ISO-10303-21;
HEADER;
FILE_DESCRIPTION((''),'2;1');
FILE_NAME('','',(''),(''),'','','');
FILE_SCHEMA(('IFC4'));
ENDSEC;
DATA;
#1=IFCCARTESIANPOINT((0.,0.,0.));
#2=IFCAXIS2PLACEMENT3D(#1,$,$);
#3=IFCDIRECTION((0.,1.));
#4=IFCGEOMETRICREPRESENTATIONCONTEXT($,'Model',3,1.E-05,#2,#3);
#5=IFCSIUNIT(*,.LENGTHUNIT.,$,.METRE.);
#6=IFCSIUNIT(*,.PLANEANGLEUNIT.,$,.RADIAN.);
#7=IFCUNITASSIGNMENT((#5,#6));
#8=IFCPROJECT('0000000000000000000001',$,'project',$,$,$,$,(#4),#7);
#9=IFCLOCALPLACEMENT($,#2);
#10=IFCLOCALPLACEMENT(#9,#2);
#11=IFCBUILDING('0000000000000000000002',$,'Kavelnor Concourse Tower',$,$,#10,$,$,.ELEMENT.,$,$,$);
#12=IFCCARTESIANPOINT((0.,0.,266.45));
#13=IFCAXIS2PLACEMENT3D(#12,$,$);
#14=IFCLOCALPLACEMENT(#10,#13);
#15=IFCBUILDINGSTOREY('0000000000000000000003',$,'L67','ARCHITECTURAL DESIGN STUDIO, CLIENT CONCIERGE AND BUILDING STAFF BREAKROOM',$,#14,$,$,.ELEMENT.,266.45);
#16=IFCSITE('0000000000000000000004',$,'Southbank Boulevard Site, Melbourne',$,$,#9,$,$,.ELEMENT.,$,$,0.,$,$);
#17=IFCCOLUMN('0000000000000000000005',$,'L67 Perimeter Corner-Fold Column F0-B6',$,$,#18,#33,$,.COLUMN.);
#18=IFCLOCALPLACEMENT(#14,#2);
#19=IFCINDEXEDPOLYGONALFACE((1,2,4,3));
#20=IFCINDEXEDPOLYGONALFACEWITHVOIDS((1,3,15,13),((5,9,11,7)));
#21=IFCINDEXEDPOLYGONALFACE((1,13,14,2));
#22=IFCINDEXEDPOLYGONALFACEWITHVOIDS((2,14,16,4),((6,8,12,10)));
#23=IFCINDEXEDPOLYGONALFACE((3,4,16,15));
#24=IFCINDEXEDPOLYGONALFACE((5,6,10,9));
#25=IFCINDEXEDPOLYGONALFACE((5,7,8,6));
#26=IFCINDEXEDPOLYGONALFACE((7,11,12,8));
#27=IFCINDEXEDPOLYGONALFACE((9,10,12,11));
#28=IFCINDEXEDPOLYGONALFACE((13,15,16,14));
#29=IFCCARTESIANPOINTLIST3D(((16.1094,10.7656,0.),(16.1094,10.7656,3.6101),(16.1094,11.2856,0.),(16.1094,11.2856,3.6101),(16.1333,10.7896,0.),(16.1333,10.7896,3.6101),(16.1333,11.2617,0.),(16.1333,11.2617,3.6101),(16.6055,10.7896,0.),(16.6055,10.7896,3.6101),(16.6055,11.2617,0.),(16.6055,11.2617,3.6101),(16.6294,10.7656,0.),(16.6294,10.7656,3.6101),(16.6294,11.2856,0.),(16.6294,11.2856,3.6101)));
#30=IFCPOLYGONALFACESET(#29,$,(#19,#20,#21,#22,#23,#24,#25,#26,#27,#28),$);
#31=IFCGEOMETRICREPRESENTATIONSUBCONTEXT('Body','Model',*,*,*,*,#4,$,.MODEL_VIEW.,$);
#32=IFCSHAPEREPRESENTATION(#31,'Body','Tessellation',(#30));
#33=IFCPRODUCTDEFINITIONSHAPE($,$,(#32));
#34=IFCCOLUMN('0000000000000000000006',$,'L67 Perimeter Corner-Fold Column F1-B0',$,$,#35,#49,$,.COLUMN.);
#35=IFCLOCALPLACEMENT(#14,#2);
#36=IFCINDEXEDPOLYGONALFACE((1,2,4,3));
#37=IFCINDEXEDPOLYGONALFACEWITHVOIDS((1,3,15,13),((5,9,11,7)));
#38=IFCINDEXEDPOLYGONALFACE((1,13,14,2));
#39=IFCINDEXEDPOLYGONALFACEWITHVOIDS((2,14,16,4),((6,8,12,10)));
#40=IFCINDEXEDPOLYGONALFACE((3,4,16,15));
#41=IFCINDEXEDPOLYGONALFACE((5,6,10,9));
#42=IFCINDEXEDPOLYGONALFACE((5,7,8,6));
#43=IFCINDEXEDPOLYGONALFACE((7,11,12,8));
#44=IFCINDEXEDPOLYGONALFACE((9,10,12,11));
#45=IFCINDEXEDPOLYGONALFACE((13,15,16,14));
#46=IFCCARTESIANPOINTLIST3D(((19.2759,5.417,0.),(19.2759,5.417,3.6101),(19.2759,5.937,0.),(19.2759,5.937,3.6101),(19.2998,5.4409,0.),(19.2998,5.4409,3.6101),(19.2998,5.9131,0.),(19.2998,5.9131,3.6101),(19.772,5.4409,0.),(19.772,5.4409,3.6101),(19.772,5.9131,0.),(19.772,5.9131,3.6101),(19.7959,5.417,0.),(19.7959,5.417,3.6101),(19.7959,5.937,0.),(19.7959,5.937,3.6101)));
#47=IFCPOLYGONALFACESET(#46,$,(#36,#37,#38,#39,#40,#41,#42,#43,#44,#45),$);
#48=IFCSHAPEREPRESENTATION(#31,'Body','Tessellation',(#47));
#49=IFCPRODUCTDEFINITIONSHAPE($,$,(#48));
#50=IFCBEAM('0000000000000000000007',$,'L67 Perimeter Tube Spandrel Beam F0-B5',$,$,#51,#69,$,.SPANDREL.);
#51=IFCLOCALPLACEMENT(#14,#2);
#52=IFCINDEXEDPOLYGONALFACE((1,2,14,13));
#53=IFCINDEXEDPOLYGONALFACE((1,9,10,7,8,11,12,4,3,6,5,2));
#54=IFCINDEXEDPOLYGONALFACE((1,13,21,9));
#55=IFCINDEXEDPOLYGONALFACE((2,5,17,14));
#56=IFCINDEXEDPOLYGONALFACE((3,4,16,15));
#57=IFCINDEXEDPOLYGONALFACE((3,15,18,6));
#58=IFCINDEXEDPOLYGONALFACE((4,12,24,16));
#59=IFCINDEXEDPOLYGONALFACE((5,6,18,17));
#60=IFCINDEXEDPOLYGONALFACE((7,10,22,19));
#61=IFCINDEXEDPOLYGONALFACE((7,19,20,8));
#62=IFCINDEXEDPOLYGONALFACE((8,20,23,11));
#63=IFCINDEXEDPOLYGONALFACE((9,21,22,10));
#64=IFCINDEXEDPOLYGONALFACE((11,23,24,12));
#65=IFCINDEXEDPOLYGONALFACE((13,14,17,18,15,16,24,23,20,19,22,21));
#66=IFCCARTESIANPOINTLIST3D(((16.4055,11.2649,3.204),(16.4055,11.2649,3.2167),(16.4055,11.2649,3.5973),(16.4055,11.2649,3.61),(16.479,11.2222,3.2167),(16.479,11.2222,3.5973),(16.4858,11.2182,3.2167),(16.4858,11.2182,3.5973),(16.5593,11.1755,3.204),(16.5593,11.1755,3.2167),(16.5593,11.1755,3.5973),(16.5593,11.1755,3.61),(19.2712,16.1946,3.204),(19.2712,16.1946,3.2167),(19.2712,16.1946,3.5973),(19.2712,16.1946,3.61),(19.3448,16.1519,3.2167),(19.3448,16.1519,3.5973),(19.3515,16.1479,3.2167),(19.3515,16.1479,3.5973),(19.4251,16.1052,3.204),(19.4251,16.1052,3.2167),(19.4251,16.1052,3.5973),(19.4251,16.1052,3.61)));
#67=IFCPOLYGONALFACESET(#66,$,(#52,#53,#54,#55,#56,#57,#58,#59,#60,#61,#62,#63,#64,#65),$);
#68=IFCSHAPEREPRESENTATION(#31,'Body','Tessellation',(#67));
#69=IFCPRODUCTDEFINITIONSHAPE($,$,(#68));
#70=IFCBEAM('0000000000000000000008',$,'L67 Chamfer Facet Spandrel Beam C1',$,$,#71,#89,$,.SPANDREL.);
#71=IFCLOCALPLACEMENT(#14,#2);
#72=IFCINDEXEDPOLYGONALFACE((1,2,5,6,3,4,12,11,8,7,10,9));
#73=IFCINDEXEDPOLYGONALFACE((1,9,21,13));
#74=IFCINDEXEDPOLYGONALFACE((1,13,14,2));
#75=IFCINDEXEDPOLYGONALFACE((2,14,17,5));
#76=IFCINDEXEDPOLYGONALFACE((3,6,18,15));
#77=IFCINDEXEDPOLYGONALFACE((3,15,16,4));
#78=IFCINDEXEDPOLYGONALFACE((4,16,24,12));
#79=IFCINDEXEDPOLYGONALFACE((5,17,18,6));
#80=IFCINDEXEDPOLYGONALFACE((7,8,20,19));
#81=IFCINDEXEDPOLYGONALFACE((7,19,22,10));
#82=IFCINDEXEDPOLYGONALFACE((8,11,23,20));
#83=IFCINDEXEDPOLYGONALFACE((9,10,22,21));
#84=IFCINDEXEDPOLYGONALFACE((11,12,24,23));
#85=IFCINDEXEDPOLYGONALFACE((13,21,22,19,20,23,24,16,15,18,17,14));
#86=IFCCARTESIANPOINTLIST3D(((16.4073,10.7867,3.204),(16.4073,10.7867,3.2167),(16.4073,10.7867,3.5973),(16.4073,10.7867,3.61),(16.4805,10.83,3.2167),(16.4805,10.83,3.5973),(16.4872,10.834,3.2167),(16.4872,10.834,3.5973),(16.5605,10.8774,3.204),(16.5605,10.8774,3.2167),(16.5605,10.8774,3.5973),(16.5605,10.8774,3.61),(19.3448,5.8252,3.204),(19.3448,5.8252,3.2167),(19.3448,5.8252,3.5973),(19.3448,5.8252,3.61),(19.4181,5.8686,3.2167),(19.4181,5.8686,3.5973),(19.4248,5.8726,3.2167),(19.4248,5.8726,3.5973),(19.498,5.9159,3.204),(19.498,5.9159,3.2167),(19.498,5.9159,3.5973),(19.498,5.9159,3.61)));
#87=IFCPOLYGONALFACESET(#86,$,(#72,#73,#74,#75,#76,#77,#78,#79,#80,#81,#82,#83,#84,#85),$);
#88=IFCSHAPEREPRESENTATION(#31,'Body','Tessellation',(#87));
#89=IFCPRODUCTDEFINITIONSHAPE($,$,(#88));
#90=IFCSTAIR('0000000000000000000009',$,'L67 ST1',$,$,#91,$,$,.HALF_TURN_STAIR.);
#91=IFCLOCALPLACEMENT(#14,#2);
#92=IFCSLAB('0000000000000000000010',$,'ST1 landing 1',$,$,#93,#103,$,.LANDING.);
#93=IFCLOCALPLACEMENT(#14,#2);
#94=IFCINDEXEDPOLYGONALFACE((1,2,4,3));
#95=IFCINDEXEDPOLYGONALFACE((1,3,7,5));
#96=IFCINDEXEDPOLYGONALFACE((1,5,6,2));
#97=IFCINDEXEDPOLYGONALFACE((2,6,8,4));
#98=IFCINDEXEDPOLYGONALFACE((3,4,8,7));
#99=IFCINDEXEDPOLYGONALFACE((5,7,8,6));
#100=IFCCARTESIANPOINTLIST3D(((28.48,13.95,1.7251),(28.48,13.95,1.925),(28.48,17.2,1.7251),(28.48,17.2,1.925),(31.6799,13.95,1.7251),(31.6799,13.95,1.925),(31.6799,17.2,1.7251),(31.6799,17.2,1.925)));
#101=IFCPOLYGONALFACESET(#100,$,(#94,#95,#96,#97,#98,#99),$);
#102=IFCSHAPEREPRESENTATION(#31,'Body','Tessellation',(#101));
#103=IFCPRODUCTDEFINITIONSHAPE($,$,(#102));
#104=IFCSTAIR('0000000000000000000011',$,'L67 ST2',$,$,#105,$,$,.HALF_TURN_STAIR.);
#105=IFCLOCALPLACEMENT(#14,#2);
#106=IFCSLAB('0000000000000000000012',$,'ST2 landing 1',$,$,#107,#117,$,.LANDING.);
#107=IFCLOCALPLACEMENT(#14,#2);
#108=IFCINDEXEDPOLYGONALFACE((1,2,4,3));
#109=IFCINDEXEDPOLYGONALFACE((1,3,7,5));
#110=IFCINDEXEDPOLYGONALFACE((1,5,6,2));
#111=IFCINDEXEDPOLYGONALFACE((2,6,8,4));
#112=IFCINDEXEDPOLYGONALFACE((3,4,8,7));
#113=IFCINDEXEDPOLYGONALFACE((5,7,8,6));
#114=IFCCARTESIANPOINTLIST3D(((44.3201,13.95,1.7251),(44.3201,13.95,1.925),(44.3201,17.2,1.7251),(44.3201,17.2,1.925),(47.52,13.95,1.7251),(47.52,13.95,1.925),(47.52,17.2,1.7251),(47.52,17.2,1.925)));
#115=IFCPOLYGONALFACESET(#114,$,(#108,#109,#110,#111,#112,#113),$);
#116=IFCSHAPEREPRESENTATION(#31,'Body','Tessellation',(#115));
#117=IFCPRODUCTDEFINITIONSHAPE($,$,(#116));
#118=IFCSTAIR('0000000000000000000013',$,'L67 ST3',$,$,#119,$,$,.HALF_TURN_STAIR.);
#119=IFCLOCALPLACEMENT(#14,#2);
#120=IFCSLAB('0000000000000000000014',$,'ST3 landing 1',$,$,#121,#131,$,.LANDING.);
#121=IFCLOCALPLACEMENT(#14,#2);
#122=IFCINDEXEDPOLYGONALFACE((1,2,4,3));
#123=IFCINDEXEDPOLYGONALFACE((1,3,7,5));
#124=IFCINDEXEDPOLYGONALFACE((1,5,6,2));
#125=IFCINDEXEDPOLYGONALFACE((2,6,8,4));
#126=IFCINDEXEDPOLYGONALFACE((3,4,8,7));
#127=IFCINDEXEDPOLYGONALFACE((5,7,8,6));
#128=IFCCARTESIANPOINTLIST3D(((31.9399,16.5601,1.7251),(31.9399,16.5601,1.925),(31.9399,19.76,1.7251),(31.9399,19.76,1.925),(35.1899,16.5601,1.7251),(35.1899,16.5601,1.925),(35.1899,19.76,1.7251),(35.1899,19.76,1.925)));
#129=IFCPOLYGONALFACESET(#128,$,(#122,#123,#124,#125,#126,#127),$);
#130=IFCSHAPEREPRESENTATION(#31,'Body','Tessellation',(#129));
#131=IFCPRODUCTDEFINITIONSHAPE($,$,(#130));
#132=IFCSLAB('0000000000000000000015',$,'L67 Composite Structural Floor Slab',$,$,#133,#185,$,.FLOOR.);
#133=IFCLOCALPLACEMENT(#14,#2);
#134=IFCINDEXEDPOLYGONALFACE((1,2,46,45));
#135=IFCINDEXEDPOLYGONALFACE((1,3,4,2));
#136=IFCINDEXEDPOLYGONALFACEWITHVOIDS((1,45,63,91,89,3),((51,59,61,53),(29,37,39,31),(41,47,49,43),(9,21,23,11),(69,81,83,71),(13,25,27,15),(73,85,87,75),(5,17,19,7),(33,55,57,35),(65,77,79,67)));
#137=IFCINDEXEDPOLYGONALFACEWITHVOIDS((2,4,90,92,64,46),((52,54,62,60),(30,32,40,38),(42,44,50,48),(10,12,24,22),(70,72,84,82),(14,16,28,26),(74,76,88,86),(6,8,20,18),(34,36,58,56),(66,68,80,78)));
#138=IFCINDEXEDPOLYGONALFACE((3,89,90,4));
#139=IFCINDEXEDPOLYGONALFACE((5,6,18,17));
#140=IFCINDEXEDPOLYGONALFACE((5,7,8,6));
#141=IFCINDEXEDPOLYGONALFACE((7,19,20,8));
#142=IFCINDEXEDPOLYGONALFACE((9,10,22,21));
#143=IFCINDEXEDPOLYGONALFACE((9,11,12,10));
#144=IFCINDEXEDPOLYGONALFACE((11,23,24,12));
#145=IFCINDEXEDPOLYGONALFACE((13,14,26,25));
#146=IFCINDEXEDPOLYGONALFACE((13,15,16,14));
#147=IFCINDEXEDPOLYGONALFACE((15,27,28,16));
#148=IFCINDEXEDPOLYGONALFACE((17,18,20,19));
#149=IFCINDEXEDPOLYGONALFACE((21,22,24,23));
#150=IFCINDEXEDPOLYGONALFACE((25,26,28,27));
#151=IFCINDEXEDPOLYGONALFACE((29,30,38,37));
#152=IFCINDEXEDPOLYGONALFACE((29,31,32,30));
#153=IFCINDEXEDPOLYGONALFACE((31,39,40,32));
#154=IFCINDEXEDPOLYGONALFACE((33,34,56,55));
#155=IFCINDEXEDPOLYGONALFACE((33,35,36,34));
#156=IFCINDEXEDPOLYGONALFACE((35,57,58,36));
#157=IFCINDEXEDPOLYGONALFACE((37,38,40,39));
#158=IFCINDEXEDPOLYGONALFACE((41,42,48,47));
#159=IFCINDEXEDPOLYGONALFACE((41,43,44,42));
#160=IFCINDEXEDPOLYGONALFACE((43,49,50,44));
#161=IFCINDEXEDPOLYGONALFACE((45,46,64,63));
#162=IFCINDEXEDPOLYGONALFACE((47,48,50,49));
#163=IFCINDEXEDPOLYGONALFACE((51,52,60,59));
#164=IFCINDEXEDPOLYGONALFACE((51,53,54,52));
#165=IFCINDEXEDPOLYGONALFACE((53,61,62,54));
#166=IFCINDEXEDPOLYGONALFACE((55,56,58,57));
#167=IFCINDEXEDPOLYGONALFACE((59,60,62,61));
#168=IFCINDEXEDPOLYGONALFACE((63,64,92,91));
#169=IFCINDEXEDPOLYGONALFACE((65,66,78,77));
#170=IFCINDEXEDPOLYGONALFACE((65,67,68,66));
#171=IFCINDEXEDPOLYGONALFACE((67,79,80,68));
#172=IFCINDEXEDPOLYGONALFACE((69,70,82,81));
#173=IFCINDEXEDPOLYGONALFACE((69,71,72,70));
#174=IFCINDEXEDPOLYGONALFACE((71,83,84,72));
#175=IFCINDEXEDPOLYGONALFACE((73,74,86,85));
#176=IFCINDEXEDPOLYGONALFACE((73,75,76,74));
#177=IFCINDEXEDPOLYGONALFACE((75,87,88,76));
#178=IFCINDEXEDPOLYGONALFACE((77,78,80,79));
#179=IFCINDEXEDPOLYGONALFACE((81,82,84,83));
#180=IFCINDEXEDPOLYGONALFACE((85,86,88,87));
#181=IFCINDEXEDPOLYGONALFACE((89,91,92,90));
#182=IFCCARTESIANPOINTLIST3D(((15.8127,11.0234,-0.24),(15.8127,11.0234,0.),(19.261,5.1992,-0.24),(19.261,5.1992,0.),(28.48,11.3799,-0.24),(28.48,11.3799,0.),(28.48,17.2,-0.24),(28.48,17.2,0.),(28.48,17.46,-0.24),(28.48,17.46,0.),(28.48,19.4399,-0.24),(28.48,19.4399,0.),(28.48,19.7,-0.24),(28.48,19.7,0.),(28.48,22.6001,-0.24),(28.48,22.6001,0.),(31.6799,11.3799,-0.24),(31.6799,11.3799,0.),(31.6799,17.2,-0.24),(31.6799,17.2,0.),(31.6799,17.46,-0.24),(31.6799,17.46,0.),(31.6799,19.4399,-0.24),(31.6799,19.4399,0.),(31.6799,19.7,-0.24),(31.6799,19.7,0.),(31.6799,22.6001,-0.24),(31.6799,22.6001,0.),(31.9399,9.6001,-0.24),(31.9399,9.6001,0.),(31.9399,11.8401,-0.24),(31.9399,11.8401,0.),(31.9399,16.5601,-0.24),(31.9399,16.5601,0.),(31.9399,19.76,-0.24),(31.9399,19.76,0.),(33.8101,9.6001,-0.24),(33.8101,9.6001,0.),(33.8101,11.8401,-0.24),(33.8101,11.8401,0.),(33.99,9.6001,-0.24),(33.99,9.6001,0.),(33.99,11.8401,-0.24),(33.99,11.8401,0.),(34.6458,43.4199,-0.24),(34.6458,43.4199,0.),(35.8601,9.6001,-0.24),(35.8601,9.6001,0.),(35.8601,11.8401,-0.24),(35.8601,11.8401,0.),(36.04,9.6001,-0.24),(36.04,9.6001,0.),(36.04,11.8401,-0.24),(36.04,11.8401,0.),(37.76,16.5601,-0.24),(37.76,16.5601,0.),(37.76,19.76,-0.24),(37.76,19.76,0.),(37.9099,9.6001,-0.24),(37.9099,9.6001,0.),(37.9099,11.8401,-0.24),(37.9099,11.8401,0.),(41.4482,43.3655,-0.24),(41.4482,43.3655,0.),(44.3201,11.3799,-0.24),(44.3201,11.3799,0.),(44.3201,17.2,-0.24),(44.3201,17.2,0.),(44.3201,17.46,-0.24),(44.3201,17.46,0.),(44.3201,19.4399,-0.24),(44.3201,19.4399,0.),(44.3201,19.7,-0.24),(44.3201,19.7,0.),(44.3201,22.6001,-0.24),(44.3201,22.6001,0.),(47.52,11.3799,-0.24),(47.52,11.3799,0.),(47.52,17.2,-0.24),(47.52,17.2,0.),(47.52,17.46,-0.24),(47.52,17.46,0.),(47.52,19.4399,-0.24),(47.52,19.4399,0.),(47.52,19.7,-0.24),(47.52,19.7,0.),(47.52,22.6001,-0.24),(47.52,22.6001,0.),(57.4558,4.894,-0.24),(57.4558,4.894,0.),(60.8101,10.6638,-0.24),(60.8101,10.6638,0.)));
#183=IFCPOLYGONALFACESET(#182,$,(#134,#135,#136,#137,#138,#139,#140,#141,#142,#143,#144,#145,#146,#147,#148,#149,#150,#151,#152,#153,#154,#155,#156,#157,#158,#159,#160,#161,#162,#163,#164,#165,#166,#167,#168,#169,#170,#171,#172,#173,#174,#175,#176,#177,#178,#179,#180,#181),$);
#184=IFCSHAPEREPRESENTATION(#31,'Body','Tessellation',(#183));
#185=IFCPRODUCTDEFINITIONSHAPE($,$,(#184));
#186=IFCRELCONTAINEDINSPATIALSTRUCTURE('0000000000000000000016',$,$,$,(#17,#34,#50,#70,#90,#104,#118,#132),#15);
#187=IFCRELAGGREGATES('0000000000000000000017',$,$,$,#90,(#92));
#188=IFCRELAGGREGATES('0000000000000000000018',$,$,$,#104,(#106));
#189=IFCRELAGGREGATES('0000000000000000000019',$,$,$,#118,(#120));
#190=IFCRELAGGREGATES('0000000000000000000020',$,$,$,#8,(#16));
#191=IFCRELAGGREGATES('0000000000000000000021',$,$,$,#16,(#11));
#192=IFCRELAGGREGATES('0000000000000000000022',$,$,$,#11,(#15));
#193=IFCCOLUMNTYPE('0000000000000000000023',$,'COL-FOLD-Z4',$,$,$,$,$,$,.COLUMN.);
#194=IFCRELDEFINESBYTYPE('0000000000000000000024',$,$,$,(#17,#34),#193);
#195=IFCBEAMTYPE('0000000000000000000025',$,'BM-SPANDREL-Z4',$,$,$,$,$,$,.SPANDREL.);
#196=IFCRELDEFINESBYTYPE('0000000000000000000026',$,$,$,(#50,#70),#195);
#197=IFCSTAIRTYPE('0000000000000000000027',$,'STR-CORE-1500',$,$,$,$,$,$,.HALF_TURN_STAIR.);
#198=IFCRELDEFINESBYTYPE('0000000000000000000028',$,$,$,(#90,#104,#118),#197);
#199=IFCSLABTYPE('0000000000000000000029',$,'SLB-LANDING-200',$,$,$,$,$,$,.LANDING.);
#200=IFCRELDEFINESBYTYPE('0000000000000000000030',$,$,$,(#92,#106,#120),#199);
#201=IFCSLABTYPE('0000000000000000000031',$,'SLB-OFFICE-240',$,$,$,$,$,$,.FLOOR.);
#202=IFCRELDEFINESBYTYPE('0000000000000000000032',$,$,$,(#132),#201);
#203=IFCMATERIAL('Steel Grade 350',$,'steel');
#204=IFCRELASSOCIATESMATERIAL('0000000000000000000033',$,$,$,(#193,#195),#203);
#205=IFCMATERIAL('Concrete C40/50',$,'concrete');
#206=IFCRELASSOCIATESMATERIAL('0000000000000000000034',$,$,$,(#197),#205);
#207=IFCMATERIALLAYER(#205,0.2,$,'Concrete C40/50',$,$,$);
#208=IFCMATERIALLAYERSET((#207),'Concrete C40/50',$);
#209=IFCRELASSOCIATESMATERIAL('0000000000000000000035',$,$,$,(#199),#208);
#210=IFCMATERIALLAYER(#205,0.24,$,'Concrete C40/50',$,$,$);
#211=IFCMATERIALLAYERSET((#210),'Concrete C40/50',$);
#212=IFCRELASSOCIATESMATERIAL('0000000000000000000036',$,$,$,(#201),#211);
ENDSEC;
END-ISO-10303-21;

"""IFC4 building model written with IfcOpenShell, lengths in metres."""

from ifc_helpers import new_model, si_unit, direction, frame, origin, origin_2d, place, context, subcontext, project, spatial, polyline, hollow_rectangle, i_section, outline, extrude, material, layer, layer_set, material_profile, profile_set, type_object, element, aggregate, save


model = new_model("IFC4")

# Units and contexts
model_context = context("Model", 3, precision=1e-05, world=origin(), true_north=direction((0.0, 1.0)))
body_context = subcontext(model_context, "Body", "Model", "MODEL_VIEW")
ifc_project = project(units=[si_unit("LENGTHUNIT", "METRE"), si_unit("PLANEANGLEUNIT", "RADIAN")], contexts=[model_context])

# Site, building, storey
site_placement = place(None, origin())
site = spatial("IfcSite", under=ifc_project, at=site_placement, Name="Southbank Boulevard Site, Melbourne", CompositionType="ELEMENT", RefElevation=0.0)
building_placement = place(site_placement, origin())
building = spatial("IfcBuilding", under=site, at=building_placement, Name="Kavelnor Concourse Tower", CompositionType="ELEMENT")
storey_placement = place(building_placement, frame((0.0, 0.0, 266.45)))
storey = spatial("IfcBuildingStorey", under=building, at=storey_placement, Name="L67", Description="ARCHITECTURAL DESIGN STUDIO, CLIENT CONCIERGE AND BUILDING STAFF BREAKROOM", CompositionType="ELEMENT", Elevation=266.45)

# Columns
ifc_material_1 = material(Name="Steel Grade 350", Category="steel")
ifc_material_profile_1 = material_profile(ifc_material_1, hollow_rectangle(XDim=0.52, YDim=0.52, WallThickness=0.0239, at=origin_2d()), Name="SHS 520x520x24")
ifc_profile_set_1 = profile_set([ifc_material_profile_1], Name="Steel Grade 350")
column_type = type_object("IfcColumnType", Name="COL-FOLD-Z4", PredefinedType="COLUMN", material=ifc_profile_set_1)
for number, where, z_axis, x_axis, name in (
    (1, (16.3694, 11.0256, 0.0), (0.0, 0.0, 1.0), (1.0, 0.0, 0.0), "L67 Perimeter Corner-Fold Column F0-B6"),
    (2, (19.5359, 5.677, 0.0), (0.0, 0.0, 1.0), (1.0, 0.0, 0.0), "L67 Perimeter Corner-Fold Column F1-B0"),
):
    element("IfcColumn", number, at=place(storey_placement, frame(where, z_axis=z_axis, x_axis=x_axis)), inside=storey, type_object=column_type, Name=name, PredefinedType="COLUMN", context=body_context, shape_type="SweptSolid", body=[
        extrude(hollow_rectangle(XDim=0.52, YDim=0.52, WallThickness=0.0239, at=origin_2d()), origin(), (0.0, 0.0, 1.0), 3.6101),
    ])

# Beams
ifc_material_profile_2 = material_profile(ifc_material_1, i_section(OverallWidth=0.178, OverallDepth=0.406, WebThickness=0.0078, FlangeThickness=0.0127, at=origin_2d()), Name="410UB59")
ifc_profile_set_2 = profile_set([ifc_material_profile_2], Name="Steel Grade 350")
beam_type = type_object("IfcBeamType", Name="BM-SPANDREL-Z4", PredefinedType="SPANDREL", material=ifc_profile_set_2)
beam_1_placement = place(storey_placement, frame((19.3481, 16.1499, 3.407), z_axis=(-0.502571, -0.864536, 0.0), x_axis=(0.864536, -0.502571, 0.0)))
element("IfcBeam", 3, at=beam_1_placement, inside=storey, type_object=beam_type, Name="L67 Perimeter Tube Spandrel Beam F0-B5", PredefinedType="SPANDREL", context=body_context, shape_type="SweptSolid", body=[
    extrude(i_section(OverallWidth=0.178, OverallDepth=0.406, WebThickness=0.0078, FlangeThickness=0.0127, at=origin_2d()), origin(), (0.0, 0.0, 1.0), 5.7021),
])
beam_2_placement = place(storey_placement, frame((16.4839, 10.832, 3.407), z_axis=(0.509468, -0.86049, 0.0), x_axis=(0.86049, 0.509468, 0.0)))
element("IfcBeam", 4, at=beam_2_placement, inside=storey, type_object=beam_type, Name="L67 Chamfer Facet Spandrel Beam C1", PredefinedType="SPANDREL", context=body_context, shape_type="SweptSolid", body=[
    extrude(i_section(OverallWidth=0.178, OverallDepth=0.406, WebThickness=0.0078, FlangeThickness=0.0127, at=origin_2d()), origin(), (0.0, 0.0, 1.0), 5.7659),
])

# Stairs, slabs
ifc_material_2 = material(Name="Concrete C40/50", Category="concrete")
stair_type = type_object("IfcStairType", Name="STR-CORE-1500", PredefinedType="HALF_TURN_STAIR", material=ifc_material_2)
stair_1_placement = place(storey_placement, origin())
stair_1 = element("IfcStair", 5, at=stair_1_placement, inside=storey, type_object=stair_type, Name="L67 ST1", PredefinedType="HALF_TURN_STAIR")
ifc_layer_1 = layer(ifc_material_2, 0.2, Name="Concrete C40/50")
ifc_layer_set_1 = layer_set([ifc_layer_1], Name="Concrete C40/50")
slab_type_1 = type_object("IfcSlabType", Name="SLB-LANDING-200", PredefinedType="LANDING", material=ifc_layer_set_1)
slab_1_placement = place(storey_placement, frame((0.0, 0.0, 1.7251)))
slab_1 = element("IfcSlab", 6, at=slab_1_placement, type_object=slab_type_1, Name="ST1 landing 1", PredefinedType="LANDING", context=body_context, shape_type="SweptSolid", body=[
    extrude(outline(polyline([(31.6799, 13.95), (31.6799, 17.2), (28.48, 17.2), (28.48, 13.95), (31.6799, 13.95)])), origin(), (0.0, 0.0, 1.0), 0.2),
])
aggregate(stair_1, [slab_1])
stair_2_placement = place(storey_placement, origin())
stair_2 = element("IfcStair", 7, at=stair_2_placement, inside=storey, type_object=stair_type, Name="L67 ST2", PredefinedType="HALF_TURN_STAIR")
slab_2_placement = place(storey_placement, frame((0.0, 0.0, 1.7251)))
slab_2 = element("IfcSlab", 8, at=slab_2_placement, type_object=slab_type_1, Name="ST2 landing 1", PredefinedType="LANDING", context=body_context, shape_type="SweptSolid", body=[
    extrude(outline(polyline([(47.52, 13.95), (47.52, 17.2), (44.3201, 17.2), (44.3201, 13.95), (47.52, 13.95)])), origin(), (0.0, 0.0, 1.0), 0.2),
])
aggregate(stair_2, [slab_2])
stair_3_placement = place(storey_placement, origin())
stair_3 = element("IfcStair", 9, at=stair_3_placement, inside=storey, type_object=stair_type, Name="L67 ST3", PredefinedType="HALF_TURN_STAIR")
slab_3_placement = place(storey_placement, frame((0.0, 0.0, 1.7251)))
slab_3 = element("IfcSlab", 10, at=slab_3_placement, type_object=slab_type_1, Name="ST3 landing 1", PredefinedType="LANDING", context=body_context, shape_type="SweptSolid", body=[
    extrude(outline(polyline([(35.1899, 19.76), (31.9399, 19.76), (31.9399, 16.5601), (35.1899, 16.5601), (35.1899, 19.76)])), origin(), (0.0, 0.0, 1.0), 0.2),
])
aggregate(stair_3, [slab_3])

# Slab
ifc_layer_2 = layer(ifc_material_2, 0.24, Name="Concrete C40/50")
ifc_layer_set_2 = layer_set([ifc_layer_2], Name="Concrete C40/50")
slab_type_2 = type_object("IfcSlabType", Name="SLB-OFFICE-240", PredefinedType="FLOOR", material=ifc_layer_set_2)
slab_4_placement = place(storey_placement, frame((0.0, 0.0, -0.24)))
element("IfcSlab", 11, at=slab_4_placement, inside=storey, type_object=slab_type_2, Name="L67 Composite Structural Floor Slab", PredefinedType="FLOOR", context=body_context, shape_type="SweptSolid", body=[
    extrude(outline(polyline([(41.4482, 43.3655), (34.6458, 43.4199), (15.8127, 11.0234), (19.261, 5.1992), (57.4558, 4.894), (60.8101, 10.6638), (41.4482, 43.3655)]), holes=[polyline([(28.48, 11.3799), (31.6799, 11.3799), (31.6799, 17.2), (28.48, 17.2), (28.48, 11.3799)]), polyline([(44.3201, 11.3799), (47.52, 11.3799), (47.52, 17.2), (44.3201, 17.2), (44.3201, 11.3799)]), polyline([(31.9399, 16.5601), (37.76, 16.5601), (37.76, 19.76), (31.9399, 19.76), (31.9399, 16.5601)]), polyline([(28.48, 19.7), (31.6799, 19.7), (31.6799, 22.6001), (28.48, 22.6001), (28.48, 19.7)]), polyline([(44.3201, 19.7), (47.52, 19.7), (47.52, 22.6001), (44.3201, 22.6001), (44.3201, 19.7)]), polyline([(31.9399, 9.6001), (33.8101, 9.6001), (33.8101, 11.8401), (31.9399, 11.8401), (31.9399, 9.6001)]), polyline([(33.99, 9.6001), (35.8601, 9.6001), (35.8601, 11.8401), (33.99, 11.8401), (33.99, 9.6001)]), polyline([(36.04, 9.6001), (37.9099, 9.6001), (37.9099, 11.8401), (36.04, 11.8401), (36.04, 9.6001)]), polyline([(28.48, 17.46), (31.6799, 17.46), (31.6799, 19.4399), (28.48, 19.4399), (28.48, 17.46)]), polyline([(44.3201, 17.46), (47.52, 17.46), (47.52, 19.4399), (44.3201, 19.4399), (44.3201, 17.46)])]), origin(), (0.0, 0.0, 1.0), 0.24),
])

save(model, "model.ifc")
